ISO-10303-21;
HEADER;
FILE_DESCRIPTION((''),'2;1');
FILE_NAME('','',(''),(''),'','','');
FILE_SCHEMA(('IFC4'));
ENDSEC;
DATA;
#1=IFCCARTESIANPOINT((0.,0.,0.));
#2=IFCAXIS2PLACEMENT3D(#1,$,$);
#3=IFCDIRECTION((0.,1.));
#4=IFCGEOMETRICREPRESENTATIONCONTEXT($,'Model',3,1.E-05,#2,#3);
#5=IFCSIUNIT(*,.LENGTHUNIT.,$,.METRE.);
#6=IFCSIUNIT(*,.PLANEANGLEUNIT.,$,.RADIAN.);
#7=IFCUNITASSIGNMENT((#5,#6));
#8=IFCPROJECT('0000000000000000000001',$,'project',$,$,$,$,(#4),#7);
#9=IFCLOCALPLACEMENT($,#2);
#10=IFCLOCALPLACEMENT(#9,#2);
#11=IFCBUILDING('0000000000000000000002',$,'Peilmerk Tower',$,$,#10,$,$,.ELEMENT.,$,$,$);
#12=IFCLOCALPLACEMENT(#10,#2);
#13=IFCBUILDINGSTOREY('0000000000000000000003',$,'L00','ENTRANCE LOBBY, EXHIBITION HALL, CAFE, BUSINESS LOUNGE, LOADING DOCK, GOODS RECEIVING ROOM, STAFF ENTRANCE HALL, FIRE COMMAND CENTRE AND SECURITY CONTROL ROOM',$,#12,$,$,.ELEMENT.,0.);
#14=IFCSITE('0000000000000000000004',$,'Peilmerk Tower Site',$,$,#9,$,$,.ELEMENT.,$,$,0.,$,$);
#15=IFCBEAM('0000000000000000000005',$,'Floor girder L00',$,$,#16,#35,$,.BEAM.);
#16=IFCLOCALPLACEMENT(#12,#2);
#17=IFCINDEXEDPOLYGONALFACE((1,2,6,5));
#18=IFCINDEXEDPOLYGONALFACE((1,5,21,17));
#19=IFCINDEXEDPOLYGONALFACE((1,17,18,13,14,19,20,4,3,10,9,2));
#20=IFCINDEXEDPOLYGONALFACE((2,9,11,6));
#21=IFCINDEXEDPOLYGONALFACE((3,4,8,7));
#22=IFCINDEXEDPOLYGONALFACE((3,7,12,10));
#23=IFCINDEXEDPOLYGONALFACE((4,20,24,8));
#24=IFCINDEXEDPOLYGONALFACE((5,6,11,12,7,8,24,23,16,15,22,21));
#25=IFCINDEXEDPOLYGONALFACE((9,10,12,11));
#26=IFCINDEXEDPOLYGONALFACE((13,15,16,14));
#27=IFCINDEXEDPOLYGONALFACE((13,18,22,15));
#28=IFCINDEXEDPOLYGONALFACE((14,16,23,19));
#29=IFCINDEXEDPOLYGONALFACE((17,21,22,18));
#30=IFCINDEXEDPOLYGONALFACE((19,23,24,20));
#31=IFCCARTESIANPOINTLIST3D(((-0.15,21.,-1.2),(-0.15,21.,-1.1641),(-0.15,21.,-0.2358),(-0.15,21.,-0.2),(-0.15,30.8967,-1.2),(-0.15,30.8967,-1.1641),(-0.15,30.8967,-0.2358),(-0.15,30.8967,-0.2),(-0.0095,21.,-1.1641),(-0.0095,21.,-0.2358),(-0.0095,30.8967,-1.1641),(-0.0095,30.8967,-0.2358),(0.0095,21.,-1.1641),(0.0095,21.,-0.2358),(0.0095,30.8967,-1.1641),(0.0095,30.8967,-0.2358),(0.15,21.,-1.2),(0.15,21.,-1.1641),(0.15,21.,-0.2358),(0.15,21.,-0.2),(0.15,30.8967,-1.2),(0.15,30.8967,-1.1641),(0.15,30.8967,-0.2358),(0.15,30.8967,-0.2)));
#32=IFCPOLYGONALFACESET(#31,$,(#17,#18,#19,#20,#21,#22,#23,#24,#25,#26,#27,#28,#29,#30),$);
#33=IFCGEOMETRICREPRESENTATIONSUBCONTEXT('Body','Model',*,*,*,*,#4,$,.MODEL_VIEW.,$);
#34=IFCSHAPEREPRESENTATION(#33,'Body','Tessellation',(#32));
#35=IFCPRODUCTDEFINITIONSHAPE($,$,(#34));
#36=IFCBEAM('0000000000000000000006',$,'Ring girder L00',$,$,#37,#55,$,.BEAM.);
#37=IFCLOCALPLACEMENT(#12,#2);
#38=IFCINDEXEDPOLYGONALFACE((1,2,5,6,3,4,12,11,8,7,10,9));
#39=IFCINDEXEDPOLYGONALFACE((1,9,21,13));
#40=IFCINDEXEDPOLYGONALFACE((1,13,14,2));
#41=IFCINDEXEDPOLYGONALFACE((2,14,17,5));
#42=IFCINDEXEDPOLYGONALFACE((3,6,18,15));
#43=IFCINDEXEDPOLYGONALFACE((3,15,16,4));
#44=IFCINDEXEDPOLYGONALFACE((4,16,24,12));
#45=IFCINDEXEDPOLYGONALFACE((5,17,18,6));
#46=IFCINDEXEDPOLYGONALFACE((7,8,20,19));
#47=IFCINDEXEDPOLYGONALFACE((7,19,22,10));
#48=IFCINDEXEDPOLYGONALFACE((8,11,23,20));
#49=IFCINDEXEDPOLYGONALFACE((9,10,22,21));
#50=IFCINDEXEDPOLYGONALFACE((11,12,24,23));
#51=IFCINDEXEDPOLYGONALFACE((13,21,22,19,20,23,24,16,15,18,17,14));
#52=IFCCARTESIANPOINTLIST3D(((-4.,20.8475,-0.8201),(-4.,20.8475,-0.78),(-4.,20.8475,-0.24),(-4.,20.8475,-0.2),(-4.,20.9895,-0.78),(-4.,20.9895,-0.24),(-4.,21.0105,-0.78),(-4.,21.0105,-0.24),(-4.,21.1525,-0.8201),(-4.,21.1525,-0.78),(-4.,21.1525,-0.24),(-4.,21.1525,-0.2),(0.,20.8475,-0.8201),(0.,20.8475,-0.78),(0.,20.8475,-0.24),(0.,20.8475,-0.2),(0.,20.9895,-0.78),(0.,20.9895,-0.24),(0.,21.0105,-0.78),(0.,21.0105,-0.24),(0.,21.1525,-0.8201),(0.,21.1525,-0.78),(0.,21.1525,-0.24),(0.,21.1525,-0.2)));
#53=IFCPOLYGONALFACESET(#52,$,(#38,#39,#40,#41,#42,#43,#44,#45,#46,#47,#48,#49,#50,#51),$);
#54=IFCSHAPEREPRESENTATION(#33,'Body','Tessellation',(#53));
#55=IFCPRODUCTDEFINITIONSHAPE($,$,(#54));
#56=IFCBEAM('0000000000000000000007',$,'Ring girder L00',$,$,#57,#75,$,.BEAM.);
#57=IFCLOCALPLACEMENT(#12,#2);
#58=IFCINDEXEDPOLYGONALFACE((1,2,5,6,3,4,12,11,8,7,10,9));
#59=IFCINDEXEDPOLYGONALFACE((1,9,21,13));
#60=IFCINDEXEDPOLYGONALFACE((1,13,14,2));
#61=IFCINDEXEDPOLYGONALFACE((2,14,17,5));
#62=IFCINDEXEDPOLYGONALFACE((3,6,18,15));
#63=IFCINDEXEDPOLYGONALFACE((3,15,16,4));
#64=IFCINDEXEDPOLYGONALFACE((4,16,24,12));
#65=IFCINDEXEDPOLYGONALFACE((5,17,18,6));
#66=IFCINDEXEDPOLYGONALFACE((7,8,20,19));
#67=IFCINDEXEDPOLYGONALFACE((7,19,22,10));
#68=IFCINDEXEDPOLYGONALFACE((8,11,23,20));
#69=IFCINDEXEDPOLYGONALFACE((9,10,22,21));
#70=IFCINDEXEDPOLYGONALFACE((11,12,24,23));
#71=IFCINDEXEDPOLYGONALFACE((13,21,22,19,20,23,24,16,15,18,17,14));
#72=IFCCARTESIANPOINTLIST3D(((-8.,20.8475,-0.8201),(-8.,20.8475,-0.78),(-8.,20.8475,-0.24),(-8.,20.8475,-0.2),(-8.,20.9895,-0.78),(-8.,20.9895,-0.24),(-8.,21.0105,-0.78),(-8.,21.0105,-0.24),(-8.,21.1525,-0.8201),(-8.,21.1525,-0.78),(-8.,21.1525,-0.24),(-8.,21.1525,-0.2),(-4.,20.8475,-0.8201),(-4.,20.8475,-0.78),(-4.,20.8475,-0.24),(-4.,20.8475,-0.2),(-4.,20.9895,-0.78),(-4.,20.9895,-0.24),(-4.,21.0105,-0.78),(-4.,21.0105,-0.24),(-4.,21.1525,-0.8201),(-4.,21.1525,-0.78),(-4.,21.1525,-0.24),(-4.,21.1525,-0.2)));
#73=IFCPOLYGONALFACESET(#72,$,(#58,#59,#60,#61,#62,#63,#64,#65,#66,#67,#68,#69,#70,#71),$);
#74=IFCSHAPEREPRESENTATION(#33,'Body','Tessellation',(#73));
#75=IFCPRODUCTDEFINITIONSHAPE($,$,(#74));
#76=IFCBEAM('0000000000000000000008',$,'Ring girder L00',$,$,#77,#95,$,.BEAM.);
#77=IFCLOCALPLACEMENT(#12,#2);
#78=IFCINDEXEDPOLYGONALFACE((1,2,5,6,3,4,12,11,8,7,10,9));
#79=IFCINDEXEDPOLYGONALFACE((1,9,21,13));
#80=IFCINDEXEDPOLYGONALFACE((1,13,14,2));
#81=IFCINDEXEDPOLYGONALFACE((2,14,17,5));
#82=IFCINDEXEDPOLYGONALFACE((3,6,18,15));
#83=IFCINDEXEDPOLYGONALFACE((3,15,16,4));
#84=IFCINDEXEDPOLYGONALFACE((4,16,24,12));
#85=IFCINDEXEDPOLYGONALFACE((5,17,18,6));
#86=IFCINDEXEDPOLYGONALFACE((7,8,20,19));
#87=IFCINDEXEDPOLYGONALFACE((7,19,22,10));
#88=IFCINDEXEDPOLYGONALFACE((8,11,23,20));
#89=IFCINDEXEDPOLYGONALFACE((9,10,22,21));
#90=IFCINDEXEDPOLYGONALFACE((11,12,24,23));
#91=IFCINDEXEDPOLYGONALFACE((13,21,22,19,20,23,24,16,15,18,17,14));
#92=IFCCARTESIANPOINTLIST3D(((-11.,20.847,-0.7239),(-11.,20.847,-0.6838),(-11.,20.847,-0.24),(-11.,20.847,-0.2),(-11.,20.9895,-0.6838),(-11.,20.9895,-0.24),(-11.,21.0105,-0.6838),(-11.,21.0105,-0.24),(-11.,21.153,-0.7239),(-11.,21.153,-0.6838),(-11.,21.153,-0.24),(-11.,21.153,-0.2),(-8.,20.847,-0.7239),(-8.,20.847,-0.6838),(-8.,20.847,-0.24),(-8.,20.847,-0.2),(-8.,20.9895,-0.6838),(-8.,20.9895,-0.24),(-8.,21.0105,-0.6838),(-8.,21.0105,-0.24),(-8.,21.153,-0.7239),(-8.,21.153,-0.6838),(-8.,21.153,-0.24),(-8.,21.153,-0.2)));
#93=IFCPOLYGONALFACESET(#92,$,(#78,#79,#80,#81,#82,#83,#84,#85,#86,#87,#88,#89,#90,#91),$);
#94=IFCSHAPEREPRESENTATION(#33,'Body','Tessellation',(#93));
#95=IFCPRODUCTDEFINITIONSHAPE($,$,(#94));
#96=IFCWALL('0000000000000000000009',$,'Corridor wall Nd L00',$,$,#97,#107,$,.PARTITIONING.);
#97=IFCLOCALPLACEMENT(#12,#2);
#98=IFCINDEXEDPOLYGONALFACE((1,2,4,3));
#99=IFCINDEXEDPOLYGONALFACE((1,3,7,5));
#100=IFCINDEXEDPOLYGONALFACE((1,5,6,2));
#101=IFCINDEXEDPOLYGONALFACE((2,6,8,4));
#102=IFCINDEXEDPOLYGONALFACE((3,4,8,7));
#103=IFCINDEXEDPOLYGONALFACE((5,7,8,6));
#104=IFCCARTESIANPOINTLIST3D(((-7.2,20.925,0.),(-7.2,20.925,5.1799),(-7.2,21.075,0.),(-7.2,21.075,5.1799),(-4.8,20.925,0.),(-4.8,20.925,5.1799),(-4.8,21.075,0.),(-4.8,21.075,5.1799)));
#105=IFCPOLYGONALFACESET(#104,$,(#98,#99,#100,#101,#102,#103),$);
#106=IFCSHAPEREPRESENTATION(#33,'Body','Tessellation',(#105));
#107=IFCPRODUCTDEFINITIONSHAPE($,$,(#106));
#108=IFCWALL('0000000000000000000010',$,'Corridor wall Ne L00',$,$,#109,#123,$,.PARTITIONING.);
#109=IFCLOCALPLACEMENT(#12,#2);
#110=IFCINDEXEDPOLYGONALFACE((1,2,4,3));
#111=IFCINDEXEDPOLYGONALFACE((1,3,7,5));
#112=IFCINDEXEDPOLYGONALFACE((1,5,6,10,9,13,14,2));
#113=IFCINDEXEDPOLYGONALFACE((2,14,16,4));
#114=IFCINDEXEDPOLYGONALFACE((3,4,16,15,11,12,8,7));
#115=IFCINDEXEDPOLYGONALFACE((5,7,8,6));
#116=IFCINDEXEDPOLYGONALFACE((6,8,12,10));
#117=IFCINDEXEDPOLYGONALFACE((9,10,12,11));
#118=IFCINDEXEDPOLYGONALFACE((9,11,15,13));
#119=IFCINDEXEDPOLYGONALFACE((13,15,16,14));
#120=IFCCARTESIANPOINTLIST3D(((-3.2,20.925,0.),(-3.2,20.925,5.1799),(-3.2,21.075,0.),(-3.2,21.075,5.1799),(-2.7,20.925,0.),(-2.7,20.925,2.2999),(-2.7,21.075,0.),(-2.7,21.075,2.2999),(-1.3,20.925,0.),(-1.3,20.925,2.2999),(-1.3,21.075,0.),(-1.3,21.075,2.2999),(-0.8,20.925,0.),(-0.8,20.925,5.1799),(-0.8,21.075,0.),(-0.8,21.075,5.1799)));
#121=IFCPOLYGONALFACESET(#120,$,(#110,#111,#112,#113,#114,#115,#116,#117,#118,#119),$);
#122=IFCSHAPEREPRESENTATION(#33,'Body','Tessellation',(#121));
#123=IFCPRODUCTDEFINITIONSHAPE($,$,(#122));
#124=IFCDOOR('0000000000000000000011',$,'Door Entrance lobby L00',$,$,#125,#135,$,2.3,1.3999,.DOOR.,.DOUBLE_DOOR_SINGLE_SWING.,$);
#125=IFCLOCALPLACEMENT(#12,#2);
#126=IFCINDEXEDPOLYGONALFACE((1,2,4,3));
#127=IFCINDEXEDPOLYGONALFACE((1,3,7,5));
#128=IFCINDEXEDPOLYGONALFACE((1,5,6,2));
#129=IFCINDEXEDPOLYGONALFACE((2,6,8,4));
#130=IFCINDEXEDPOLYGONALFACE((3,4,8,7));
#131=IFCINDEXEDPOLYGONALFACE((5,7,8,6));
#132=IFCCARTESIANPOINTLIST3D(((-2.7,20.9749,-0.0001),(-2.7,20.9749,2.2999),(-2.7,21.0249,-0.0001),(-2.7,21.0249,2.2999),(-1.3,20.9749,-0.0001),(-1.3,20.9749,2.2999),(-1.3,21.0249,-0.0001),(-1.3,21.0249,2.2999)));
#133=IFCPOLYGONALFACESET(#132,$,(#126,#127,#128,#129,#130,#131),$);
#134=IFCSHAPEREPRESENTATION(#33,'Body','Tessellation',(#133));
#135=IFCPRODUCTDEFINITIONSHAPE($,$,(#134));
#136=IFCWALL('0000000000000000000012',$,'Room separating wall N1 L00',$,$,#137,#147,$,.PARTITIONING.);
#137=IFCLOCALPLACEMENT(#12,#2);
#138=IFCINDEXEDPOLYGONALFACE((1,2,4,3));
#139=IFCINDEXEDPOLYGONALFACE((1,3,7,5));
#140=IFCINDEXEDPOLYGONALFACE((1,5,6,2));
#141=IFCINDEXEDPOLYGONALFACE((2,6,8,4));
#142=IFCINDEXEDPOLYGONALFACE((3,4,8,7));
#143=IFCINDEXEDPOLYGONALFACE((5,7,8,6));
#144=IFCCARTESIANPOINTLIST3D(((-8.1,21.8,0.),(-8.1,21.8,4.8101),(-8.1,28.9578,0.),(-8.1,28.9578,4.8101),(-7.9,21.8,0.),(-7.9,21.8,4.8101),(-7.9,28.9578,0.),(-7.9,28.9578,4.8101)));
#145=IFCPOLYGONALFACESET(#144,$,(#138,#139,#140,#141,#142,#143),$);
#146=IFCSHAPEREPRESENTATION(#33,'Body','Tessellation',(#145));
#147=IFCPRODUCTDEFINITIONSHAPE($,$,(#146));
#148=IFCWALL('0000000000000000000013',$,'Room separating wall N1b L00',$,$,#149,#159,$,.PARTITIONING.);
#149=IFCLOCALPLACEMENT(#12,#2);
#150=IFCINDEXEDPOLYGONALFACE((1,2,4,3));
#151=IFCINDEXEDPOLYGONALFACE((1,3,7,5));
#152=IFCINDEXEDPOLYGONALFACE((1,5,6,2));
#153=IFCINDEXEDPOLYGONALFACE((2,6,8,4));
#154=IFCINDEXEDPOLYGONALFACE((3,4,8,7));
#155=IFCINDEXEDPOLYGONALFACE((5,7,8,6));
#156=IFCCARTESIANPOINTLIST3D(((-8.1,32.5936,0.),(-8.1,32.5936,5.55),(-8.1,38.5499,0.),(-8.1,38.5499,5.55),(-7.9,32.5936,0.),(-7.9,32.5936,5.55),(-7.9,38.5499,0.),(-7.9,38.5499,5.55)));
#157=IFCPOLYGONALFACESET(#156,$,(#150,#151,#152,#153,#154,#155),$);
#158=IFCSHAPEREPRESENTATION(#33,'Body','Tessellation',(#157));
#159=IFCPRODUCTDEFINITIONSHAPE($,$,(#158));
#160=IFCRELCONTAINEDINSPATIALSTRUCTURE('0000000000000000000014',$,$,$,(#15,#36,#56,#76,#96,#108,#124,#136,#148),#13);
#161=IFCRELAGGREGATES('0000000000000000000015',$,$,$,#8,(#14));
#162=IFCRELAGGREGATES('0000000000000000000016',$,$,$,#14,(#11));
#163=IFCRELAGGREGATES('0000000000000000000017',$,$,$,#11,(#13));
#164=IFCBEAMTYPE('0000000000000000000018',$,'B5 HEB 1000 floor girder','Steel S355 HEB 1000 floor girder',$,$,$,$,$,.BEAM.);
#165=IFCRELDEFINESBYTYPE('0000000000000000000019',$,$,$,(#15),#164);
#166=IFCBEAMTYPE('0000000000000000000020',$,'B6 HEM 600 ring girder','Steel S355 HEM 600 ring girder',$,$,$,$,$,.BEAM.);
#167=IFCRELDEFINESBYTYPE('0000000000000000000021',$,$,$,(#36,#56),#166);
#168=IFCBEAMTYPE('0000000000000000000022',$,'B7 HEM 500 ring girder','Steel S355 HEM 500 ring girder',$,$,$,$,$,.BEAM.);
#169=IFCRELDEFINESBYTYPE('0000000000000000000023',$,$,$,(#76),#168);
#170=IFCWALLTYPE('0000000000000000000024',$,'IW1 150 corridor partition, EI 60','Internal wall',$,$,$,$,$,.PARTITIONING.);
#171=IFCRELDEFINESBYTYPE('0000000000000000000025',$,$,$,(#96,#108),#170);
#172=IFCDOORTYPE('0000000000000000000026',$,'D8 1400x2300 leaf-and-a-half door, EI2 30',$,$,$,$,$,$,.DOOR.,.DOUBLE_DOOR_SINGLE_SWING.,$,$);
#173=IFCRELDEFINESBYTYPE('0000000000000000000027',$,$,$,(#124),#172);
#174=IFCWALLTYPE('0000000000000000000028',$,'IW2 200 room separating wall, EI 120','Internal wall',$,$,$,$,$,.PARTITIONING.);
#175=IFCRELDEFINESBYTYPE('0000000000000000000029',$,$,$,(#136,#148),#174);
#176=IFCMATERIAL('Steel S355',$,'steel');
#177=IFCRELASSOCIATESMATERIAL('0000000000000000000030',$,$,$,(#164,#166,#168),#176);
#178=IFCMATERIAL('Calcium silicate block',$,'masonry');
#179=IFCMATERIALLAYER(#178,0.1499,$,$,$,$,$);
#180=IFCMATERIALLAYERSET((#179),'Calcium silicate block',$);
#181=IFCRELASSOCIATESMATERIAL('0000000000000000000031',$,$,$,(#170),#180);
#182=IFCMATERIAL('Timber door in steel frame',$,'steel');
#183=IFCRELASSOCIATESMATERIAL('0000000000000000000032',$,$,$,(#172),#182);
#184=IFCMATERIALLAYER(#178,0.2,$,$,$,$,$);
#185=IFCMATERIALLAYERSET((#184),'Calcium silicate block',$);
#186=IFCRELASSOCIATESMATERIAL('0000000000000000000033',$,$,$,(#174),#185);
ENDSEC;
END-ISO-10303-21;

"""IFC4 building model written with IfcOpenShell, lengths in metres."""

from ifc_helpers import new_model, si_unit, direction, frame, frame_2d, origin, origin_2d, place, context, subcontext, project, spatial, rectangle, i_section, extrude, material, layer, layer_set, material_profile, profile_set, type_object, element, fill, save


model = new_model("IFC4")

# Units and contexts
model_context = context("Model", 3, precision=1e-05, world=origin(), true_north=direction((0.0, 1.0)))
body_context = subcontext(model_context, "Body", "Model", "MODEL_VIEW")
ifc_project = project(units=[si_unit("LENGTHUNIT", "METRE"), si_unit("PLANEANGLEUNIT", "RADIAN")], contexts=[model_context])

# Site, building, storey
site_placement = place(None, origin())
site = spatial("IfcSite", under=ifc_project, at=site_placement, Name="Peilmerk Tower Site", CompositionType="ELEMENT", RefElevation=0.0)
building_placement = place(site_placement, origin())
building = spatial("IfcBuilding", under=site, at=building_placement, Name="Peilmerk Tower", CompositionType="ELEMENT")
storey_placement = place(building_placement, origin())
storey = spatial("IfcBuildingStorey", under=building, at=storey_placement, Name="L00", Description="ENTRANCE LOBBY, EXHIBITION HALL, CAFE, BUSINESS LOUNGE, LOADING DOCK, GOODS RECEIVING ROOM, STAFF ENTRANCE HALL, FIRE COMMAND CENTRE AND SECURITY CONTROL ROOM", CompositionType="ELEMENT", Elevation=0.0)

# Beams
ifc_material_1 = material(Name="Steel S355", Category="steel")
ifc_material_profile_1 = material_profile(ifc_material_1, i_section(OverallWidth=0.3, OverallDepth=1.0, WebThickness=0.019, FlangeThickness=0.0359, at=origin_2d()), Name="HEB 1000")
ifc_profile_set_1 = profile_set([ifc_material_profile_1], Name="Steel S355")
beam_type_1 = type_object("IfcBeamType", Name="B5 HEB 1000 floor girder", Description="Steel S355 HEB 1000 floor girder", PredefinedType="BEAM", material=ifc_profile_set_1)
beam_1_placement = place(storey_placement, frame((0.0, 21.0, -0.7), z_axis=(0.0, 1.0, 0.0), x_axis=(-1.0, 0.0, 0.0)))
element("IfcBeam", 1, at=beam_1_placement, inside=storey, type_object=beam_type_1, Name="Floor girder L00", PredefinedType="BEAM", context=body_context, shape_type="SweptSolid", body=[
    extrude(i_section(OverallWidth=0.3, OverallDepth=1.0, WebThickness=0.019, FlangeThickness=0.0359, at=origin_2d()), origin(), (0.0, 0.0, 1.0), 9.8967),
])
ifc_material_profile_2 = material_profile(ifc_material_1, i_section(OverallWidth=0.3049, OverallDepth=0.6201, WebThickness=0.021, FlangeThickness=0.04, at=origin_2d()), Name="HEM 600")
ifc_profile_set_2 = profile_set([ifc_material_profile_2], Name="Steel S355")
beam_type_2 = type_object("IfcBeamType", Name="B6 HEM 600 ring girder", Description="Steel S355 HEM 600 ring girder", PredefinedType="BEAM", material=ifc_profile_set_2)
for number, where, z_axis, x_axis, name in (
    (2, (0.0, 21.0, -0.51), (-1.0, 0.0, 0.0), (0.0, -1.0, 0.0), "Ring girder L00"),
    (3, (-4.0, 21.0, -0.51), (-1.0, 0.0, 0.0), (0.0, -1.0, 0.0), "Ring girder L00"),
):
    element("IfcBeam", number, at=place(storey_placement, frame(where, z_axis=z_axis, x_axis=x_axis)), inside=storey, type_object=beam_type_2, Name=name, PredefinedType="BEAM", context=body_context, shape_type="SweptSolid", body=[
        extrude(i_section(OverallWidth=0.3049, OverallDepth=0.6201, WebThickness=0.021, FlangeThickness=0.04, at=origin_2d()), origin(), (0.0, 0.0, 1.0), 4.0),
    ])
ifc_material_profile_3 = material_profile(ifc_material_1, i_section(OverallWidth=0.3059, OverallDepth=0.5239, WebThickness=0.021, FlangeThickness=0.04, at=origin_2d()), Name="HEM 500")
ifc_profile_set_3 = profile_set([ifc_material_profile_3], Name="Steel S355")
beam_type_3 = type_object("IfcBeamType", Name="B7 HEM 500 ring girder", Description="Steel S355 HEM 500 ring girder", PredefinedType="BEAM", material=ifc_profile_set_3)
beam_2_placement = place(storey_placement, frame((-8.0, 21.0, -0.4619), z_axis=(-1.0, 0.0, 0.0), x_axis=(0.0, -1.0, 0.0)))
element("IfcBeam", 4, at=beam_2_placement, inside=storey, type_object=beam_type_3, Name="Ring girder L00", PredefinedType="BEAM", context=body_context, shape_type="SweptSolid", body=[
    extrude(i_section(OverallWidth=0.3059, OverallDepth=0.5239, WebThickness=0.021, FlangeThickness=0.04, at=origin_2d()), origin(), (0.0, 0.0, 1.0), 3.0),
])

# Wall
ifc_material_2 = material(Name="Calcium silicate block", Category="masonry")
ifc_layer_1 = layer(ifc_material_2, 0.1499)
ifc_layer_set_1 = layer_set([ifc_layer_1], Name="Calcium silicate block")
wall_type_1 = type_object("IfcWallType", Name="IW1 150 corridor partition, EI 60", Description="Internal wall", PredefinedType="PARTITIONING", material=ifc_layer_set_1)
wall_1_placement = place(storey_placement, frame((-7.2, 21.0, 0.0), z_axis=(0.0, 0.0, 1.0), x_axis=(1.0, 0.0, 0.0)))
element("IfcWall", 5, at=wall_1_placement, inside=storey, type_object=wall_type_1, Name="Corridor wall Nd L00", PredefinedType="PARTITIONING", context=body_context, shape_type="SweptSolid", body=[
    extrude(rectangle(XDim=2.3999, YDim=0.1499, at=frame_2d((1.2, 0.0))), origin(), (0.0, 0.0, 1.0), 5.1799),
])

# Wall, opening, door
wall_2_placement = place(storey_placement, frame((-3.2, 21.0, 0.0), z_axis=(0.0, 0.0, 1.0), x_axis=(1.0, 0.0, 0.0)))
wall_2 = element("IfcWall", 6, at=wall_2_placement, inside=storey, type_object=wall_type_1, Name="Corridor wall Ne L00", PredefinedType="PARTITIONING", context=body_context, shape_type="SweptSolid", body=[
    extrude(rectangle(XDim=2.3999, YDim=0.1499, at=frame_2d((1.2, 0.0))), origin(), (0.0, 0.0, 1.0), 5.1799),
])
opening_1_placement = place(wall_2_placement, frame((0.5, 0.0, 0.0)))
opening_1 = element("IfcOpeningElement", 7, at=opening_1_placement, cuts=wall_2, PredefinedType="OPENING", context=body_context, shape_type="SweptSolid", body=[
    extrude(rectangle(XDim=1.3999, YDim=2.3, at=frame_2d((0.7, 1.1499))), frame((0.0, 0.085, 0.0), z_axis=(0.0, -1.0, 0.0), x_axis=(1.0, 0.0, 0.0)), (0.0, 0.0, 1.0), 0.1699),
])
ifc_material_3 = material(Name="Timber door in steel frame", Category="steel")
door_type_1 = type_object("IfcDoorType", Name="D8 1400x2300 leaf-and-a-half door, EI2 30", OperationType="DOUBLE_DOOR_SINGLE_SWING", PredefinedType="DOOR", material=ifc_material_3)
door_1_placement = place(opening_1_placement, origin())
door_1 = element("IfcDoor", 8, at=door_1_placement, inside=storey, type_object=door_type_1, Name="Door Entrance lobby L00", OperationType="DOUBLE_DOOR_SINGLE_SWING", OverallHeight=2.3, OverallWidth=1.3999, PredefinedType="DOOR", context=body_context, shape_type="SweptSolid", body=[
    extrude(rectangle(XDim=1.3999, YDim=2.3, at=frame_2d((0.7, 1.1499))), frame((0.0, 0.0249, 0.0), z_axis=(0.0, -1.0, 0.0), x_axis=(1.0, 0.0, 0.0)), (0.0, 0.0, 1.0), 0.05),
])
fill(opening_1, door_1)

# Walls
ifc_layer_2 = layer(ifc_material_2, 0.2)
ifc_layer_set_2 = layer_set([ifc_layer_2], Name="Calcium silicate block")
wall_type_2 = type_object("IfcWallType", Name="IW2 200 room separating wall, EI 120", Description="Internal wall", PredefinedType="PARTITIONING", material=ifc_layer_set_2)
wall_3_placement = place(storey_placement, frame((-8.0, 21.8, 0.0), z_axis=(0.0, 0.0, 1.0), x_axis=(0.0, 1.0, 0.0)))
element("IfcWall", 9, at=wall_3_placement, inside=storey, type_object=wall_type_2, Name="Room separating wall N1 L00", PredefinedType="PARTITIONING", context=body_context, shape_type="SweptSolid", body=[
    extrude(rectangle(XDim=7.1577, YDim=0.2, at=frame_2d((3.5789, 0.0))), origin(), (0.0, 0.0, 1.0), 4.8101),
])
wall_4_placement = place(storey_placement, frame((-8.0, 32.5938, 0.0), z_axis=(0.0, 0.0, 1.0), x_axis=(0.0, 1.0, 0.0)))
element("IfcWall", 10, at=wall_4_placement, inside=storey, type_object=wall_type_2, Name="Room separating wall N1b L00", PredefinedType="PARTITIONING", context=body_context, shape_type="SweptSolid", body=[
    extrude(rectangle(XDim=5.9563, YDim=0.2, at=frame_2d((2.978, 0.0))), origin(), (0.0, 0.0, 1.0), 5.55),
])

save(model, "model.ifc")
